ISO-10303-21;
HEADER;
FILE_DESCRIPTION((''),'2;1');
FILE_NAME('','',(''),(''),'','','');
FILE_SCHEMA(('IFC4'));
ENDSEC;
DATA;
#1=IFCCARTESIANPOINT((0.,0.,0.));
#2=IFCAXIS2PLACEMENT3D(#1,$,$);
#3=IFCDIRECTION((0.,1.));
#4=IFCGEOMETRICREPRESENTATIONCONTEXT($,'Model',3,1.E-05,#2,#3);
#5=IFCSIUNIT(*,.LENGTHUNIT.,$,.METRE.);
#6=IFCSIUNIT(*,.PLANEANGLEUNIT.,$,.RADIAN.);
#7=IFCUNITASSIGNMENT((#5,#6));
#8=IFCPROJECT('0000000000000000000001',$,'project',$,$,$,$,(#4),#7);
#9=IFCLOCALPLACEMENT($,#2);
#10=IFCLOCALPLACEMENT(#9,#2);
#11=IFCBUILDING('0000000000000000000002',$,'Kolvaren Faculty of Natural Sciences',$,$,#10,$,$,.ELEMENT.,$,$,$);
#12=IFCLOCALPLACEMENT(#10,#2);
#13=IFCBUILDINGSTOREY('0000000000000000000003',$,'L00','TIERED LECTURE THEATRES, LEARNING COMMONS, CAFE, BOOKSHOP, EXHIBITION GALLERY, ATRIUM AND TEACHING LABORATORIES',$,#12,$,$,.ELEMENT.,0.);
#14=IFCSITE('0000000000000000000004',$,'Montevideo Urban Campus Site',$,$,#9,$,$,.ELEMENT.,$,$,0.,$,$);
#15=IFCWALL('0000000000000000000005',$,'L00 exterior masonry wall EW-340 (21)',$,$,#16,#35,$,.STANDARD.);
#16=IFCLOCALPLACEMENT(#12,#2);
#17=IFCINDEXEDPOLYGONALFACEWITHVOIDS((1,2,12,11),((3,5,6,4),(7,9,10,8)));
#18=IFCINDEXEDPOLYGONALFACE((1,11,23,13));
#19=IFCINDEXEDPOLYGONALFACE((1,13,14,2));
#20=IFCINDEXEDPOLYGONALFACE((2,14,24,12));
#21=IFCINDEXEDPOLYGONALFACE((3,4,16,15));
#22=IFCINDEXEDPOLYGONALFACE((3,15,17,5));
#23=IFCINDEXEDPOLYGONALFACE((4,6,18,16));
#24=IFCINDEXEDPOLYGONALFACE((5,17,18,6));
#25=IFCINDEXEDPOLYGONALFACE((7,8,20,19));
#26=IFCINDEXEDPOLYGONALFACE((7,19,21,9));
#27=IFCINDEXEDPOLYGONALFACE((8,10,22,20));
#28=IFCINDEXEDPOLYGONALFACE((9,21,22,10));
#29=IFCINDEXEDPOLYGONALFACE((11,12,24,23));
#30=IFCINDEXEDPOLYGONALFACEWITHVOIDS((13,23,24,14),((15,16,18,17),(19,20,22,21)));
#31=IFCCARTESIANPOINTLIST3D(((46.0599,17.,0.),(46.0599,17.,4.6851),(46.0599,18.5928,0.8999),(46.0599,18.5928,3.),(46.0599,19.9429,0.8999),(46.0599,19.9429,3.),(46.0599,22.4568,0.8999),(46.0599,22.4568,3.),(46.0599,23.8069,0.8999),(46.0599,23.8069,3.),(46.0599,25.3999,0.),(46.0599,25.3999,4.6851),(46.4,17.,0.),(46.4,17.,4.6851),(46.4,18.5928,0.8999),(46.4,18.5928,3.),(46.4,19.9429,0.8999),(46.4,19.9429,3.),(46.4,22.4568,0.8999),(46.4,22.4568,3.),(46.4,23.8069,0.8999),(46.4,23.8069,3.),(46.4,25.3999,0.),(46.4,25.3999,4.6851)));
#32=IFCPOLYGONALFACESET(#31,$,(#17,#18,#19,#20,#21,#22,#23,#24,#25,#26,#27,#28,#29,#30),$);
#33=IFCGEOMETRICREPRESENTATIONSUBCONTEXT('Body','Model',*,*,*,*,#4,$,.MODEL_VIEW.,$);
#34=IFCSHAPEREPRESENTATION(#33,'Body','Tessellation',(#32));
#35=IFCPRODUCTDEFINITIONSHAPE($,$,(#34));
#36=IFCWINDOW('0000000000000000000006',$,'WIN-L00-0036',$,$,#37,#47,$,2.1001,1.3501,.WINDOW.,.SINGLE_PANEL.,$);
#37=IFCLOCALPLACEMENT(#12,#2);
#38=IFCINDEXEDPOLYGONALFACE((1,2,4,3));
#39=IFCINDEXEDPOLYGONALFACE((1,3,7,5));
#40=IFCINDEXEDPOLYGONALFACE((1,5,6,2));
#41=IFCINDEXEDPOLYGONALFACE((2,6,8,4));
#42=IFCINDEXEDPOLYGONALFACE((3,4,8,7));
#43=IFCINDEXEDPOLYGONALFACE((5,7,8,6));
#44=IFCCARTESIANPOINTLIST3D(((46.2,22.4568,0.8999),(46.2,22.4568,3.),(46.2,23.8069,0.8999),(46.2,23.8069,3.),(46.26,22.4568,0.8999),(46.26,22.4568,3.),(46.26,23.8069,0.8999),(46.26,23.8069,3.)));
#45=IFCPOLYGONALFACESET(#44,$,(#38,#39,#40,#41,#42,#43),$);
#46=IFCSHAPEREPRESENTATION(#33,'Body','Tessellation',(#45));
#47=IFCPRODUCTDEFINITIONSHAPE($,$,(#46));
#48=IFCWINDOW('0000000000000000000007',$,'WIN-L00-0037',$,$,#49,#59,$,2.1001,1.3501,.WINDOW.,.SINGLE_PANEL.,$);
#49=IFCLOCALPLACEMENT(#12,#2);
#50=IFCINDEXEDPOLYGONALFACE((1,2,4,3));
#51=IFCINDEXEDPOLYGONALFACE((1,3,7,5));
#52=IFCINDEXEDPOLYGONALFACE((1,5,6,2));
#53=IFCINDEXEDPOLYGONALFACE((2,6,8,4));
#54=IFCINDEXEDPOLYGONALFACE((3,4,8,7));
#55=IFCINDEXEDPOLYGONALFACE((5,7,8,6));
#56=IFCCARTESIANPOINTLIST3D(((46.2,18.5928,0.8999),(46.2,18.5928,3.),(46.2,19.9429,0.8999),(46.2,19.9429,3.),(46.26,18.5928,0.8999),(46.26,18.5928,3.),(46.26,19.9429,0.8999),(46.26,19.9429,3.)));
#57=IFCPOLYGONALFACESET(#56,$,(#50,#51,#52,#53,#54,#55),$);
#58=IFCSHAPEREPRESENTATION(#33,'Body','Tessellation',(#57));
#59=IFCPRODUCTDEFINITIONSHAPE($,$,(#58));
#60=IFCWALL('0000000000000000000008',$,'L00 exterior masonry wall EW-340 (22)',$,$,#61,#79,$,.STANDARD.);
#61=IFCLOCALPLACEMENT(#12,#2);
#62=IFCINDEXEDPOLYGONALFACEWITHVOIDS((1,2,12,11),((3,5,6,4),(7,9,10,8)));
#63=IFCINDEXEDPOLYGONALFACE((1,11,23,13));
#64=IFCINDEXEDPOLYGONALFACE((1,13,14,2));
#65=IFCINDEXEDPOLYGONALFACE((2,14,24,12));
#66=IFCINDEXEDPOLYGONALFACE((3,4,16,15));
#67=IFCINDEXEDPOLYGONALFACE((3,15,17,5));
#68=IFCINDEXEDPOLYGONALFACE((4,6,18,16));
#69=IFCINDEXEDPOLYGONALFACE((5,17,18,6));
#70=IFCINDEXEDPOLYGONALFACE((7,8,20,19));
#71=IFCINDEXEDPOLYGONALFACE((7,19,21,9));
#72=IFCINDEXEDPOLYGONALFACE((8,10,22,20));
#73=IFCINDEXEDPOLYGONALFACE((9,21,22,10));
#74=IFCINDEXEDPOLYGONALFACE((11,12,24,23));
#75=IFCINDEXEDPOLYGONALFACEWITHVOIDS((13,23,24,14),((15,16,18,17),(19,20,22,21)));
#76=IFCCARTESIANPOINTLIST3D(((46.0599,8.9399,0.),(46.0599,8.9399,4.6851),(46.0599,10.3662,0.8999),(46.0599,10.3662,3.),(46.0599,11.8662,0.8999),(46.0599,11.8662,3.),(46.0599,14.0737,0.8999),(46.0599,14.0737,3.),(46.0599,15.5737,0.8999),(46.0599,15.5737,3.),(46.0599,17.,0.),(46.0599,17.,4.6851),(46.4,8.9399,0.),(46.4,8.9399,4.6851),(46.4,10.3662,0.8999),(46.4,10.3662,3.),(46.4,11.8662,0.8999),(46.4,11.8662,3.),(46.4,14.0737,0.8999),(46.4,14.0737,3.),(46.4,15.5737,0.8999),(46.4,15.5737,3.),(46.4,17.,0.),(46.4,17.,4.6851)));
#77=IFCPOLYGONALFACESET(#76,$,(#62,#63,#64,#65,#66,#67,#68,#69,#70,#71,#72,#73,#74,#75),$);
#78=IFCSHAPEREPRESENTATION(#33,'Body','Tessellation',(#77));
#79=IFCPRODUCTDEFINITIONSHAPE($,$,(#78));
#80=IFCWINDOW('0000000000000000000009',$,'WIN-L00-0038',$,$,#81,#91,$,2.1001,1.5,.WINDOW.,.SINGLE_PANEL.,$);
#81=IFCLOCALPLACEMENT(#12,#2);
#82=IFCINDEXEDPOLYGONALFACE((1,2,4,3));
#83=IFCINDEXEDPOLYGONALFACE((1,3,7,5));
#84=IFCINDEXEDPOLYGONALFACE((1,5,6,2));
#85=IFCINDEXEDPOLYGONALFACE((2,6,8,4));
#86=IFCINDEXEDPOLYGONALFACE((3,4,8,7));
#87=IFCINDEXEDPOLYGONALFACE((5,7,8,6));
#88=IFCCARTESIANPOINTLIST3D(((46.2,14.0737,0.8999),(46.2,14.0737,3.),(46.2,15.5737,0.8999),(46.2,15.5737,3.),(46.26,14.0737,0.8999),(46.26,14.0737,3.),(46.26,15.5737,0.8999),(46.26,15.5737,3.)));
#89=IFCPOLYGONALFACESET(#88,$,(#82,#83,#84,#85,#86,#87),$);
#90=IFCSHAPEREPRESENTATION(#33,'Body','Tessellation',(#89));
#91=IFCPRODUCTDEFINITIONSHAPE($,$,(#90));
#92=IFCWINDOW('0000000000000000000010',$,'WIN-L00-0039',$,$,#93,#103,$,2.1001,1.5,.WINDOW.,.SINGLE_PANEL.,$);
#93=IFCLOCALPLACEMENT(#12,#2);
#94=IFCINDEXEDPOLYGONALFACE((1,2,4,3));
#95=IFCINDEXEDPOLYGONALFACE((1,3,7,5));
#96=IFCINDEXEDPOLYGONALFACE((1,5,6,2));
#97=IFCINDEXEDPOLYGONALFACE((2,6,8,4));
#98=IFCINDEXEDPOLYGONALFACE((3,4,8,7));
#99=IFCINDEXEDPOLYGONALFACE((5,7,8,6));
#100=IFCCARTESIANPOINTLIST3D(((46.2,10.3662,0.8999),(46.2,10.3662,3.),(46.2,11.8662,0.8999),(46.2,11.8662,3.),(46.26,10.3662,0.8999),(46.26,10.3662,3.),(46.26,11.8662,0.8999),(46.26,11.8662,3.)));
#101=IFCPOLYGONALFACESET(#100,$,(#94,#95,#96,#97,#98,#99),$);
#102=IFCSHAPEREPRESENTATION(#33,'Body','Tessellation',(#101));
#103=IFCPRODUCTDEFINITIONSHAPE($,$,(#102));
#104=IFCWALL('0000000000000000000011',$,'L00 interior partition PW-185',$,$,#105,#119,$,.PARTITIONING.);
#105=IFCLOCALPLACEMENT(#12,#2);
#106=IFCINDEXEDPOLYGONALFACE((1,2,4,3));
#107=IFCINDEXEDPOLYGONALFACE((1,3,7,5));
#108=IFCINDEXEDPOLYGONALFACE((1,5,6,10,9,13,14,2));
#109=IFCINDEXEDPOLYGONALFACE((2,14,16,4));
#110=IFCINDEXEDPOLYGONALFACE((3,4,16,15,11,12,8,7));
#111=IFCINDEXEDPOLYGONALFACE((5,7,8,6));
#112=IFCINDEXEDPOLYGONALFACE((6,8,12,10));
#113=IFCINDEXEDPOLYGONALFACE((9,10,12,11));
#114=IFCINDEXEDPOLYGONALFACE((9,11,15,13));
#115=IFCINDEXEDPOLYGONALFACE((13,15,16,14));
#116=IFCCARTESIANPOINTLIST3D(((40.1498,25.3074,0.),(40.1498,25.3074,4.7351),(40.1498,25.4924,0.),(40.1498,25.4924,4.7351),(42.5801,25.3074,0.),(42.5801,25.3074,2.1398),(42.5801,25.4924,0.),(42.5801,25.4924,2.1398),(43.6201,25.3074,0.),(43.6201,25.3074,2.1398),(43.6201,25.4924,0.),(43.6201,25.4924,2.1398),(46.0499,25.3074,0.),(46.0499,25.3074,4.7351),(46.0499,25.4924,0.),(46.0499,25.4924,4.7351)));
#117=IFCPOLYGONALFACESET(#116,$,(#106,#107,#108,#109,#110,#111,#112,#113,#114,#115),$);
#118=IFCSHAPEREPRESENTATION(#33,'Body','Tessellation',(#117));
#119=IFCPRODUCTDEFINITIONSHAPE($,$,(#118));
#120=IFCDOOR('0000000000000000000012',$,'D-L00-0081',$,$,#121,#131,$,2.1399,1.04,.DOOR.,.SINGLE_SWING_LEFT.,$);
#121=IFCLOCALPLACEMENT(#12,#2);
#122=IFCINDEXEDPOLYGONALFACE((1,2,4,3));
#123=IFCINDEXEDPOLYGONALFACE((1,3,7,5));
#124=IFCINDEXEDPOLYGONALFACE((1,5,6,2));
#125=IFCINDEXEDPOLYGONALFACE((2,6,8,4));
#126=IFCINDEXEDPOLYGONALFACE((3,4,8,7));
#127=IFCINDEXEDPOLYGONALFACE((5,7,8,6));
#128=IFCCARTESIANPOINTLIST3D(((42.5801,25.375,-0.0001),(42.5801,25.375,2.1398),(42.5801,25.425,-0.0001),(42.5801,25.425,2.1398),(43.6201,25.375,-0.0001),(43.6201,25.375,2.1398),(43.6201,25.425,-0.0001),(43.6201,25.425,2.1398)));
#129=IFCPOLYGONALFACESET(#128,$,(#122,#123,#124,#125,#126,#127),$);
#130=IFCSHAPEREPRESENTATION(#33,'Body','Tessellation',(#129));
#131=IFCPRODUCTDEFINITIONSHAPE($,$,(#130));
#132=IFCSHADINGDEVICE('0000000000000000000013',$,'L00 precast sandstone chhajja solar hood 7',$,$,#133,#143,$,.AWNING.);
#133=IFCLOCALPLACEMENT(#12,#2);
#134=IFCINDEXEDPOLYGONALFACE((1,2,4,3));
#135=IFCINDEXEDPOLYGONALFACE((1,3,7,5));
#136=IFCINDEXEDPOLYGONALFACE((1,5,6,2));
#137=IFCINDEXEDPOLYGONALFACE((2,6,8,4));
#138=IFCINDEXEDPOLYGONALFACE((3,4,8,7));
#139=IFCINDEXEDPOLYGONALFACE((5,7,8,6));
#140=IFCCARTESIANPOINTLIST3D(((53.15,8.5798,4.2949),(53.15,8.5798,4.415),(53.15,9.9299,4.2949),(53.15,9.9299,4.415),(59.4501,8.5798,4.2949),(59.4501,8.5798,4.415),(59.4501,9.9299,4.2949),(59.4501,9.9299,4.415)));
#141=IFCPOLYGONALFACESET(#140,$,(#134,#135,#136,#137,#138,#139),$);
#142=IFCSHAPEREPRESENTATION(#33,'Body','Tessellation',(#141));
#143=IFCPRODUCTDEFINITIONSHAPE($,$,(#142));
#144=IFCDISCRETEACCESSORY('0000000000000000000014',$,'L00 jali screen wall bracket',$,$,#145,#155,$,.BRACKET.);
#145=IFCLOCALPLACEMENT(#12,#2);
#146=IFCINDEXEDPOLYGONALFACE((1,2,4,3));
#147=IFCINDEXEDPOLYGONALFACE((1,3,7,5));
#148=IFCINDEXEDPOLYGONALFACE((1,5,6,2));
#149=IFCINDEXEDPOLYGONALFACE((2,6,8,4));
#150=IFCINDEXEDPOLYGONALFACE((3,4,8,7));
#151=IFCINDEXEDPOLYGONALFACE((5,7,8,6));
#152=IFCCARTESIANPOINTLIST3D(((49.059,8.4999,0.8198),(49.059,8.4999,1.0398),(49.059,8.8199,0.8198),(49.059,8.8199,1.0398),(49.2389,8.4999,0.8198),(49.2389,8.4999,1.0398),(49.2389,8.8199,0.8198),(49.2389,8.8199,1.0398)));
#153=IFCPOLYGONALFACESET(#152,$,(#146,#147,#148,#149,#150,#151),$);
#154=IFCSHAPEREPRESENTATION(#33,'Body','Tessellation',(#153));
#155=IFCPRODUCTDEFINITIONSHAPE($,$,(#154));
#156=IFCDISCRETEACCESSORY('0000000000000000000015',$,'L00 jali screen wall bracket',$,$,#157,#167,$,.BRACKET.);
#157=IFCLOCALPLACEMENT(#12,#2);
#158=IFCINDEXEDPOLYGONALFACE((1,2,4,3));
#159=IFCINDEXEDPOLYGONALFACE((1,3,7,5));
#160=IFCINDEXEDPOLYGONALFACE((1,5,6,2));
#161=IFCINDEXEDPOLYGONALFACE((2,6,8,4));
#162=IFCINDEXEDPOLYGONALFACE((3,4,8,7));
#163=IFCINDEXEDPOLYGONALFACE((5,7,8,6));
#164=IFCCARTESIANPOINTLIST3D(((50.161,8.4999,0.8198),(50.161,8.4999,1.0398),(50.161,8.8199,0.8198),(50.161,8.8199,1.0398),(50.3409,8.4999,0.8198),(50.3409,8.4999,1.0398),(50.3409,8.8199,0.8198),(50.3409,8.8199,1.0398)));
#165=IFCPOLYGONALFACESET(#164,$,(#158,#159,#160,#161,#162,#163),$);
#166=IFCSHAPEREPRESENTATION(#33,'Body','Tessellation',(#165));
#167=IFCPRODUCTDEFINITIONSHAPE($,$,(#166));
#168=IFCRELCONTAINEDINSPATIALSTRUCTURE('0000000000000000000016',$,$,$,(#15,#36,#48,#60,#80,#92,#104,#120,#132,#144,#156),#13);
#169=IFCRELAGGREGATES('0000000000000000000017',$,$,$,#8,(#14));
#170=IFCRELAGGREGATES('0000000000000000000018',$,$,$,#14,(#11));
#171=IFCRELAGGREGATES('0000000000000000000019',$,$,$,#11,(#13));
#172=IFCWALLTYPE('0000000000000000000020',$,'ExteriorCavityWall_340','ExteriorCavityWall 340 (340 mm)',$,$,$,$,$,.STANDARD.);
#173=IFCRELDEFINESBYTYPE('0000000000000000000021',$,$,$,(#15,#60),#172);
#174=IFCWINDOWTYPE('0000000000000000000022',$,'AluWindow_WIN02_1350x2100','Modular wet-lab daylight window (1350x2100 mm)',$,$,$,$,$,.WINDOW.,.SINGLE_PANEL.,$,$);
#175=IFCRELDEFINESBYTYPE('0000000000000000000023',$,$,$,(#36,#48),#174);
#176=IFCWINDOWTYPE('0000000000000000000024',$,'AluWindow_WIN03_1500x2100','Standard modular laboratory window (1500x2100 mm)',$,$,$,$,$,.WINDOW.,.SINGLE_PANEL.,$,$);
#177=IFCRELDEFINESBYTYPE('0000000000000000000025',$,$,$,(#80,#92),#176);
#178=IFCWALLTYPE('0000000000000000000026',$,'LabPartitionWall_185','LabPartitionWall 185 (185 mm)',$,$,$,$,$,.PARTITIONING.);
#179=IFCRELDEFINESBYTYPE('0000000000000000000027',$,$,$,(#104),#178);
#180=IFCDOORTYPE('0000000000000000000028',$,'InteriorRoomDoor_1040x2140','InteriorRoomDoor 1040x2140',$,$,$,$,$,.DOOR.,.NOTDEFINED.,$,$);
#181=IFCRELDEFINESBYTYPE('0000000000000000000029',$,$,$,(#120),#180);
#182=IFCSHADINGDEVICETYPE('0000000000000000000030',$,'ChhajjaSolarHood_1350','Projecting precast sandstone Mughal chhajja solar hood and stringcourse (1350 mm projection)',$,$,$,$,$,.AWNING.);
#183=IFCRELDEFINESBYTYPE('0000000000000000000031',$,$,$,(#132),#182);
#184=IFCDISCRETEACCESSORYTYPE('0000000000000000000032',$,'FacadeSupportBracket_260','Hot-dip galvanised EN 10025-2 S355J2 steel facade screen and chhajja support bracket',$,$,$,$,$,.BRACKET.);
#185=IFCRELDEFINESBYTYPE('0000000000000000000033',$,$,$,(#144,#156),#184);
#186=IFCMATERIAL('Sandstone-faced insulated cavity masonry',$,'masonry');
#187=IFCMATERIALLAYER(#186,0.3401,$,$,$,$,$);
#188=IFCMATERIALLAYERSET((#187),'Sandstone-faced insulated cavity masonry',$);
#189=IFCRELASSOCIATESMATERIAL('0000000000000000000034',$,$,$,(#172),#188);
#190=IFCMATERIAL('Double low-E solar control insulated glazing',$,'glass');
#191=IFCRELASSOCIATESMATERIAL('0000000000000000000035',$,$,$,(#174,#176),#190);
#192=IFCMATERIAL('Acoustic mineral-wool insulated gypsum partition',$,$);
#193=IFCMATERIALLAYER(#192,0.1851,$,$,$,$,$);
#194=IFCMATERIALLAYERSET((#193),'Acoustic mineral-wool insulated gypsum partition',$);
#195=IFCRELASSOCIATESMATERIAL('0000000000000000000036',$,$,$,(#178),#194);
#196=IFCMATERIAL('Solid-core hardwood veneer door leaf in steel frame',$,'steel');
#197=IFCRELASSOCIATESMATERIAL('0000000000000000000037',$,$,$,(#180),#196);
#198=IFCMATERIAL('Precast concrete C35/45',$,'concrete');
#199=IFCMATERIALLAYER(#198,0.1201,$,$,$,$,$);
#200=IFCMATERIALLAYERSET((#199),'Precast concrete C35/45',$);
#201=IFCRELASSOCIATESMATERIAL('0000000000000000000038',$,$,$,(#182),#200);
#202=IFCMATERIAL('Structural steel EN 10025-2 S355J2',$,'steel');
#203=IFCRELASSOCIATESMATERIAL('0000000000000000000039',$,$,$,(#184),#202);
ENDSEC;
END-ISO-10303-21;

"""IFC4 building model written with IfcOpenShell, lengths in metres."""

from ifc_helpers import new_model, si_unit, direction, frame, frame_2d, origin, origin_2d, place, context, subcontext, project, spatial, rectangle, extrude, material, layer, layer_set, type_object, element, fill, save


model = new_model("IFC4")

# Units and contexts
model_context = context("Model", 3, precision=1e-05, world=origin(), true_north=direction((0.0, 1.0)))
body_context = subcontext(model_context, "Body", "Model", "MODEL_VIEW")
ifc_project = project(units=[si_unit("LENGTHUNIT", "METRE"), si_unit("PLANEANGLEUNIT", "RADIAN")], contexts=[model_context])

# Site, building, storey
site_placement = place(None, origin())
site = spatial("IfcSite", under=ifc_project, at=site_placement, Name="Montevideo Urban Campus Site", CompositionType="ELEMENT", RefElevation=0.0)
building_placement = place(site_placement, origin())
building = spatial("IfcBuilding", under=site, at=building_placement, Name="Kolvaren Faculty of Natural Sciences", CompositionType="ELEMENT")
storey_placement = place(building_placement, origin())
storey = spatial("IfcBuildingStorey", under=building, at=storey_placement, Name="L00", Description="TIERED LECTURE THEATRES, LEARNING COMMONS, CAFE, BOOKSHOP, EXHIBITION GALLERY, ATRIUM AND TEACHING LABORATORIES", CompositionType="ELEMENT", Elevation=0.0)

# Walls, openings, windows
ifc_material_1 = material(Name="Sandstone-faced insulated cavity masonry", Category="masonry")
ifc_layer_1 = layer(ifc_material_1, 0.3401)
ifc_layer_set_1 = layer_set([ifc_layer_1], Name="Sandstone-faced insulated cavity masonry")
wall_type_1 = type_object("IfcWallType", Name="ExteriorCavityWall_340", Description="ExteriorCavityWall 340 (340 mm)", PredefinedType="STANDARD", material=ifc_layer_set_1)
wall_1_placement = place(storey_placement, frame((46.23, 25.3999, 0.0), z_axis=(0.0, 0.0, 1.0), x_axis=(0.0, -1.0, 0.0)))
wall_1 = element("IfcWall", 1, at=wall_1_placement, inside=storey, type_object=wall_type_1, Name="L00 exterior masonry wall EW-340 (21)", PredefinedType="STANDARD", context=body_context, shape_type="SweptSolid", body=[
    extrude(rectangle(XDim=8.3999, YDim=0.3401, at=frame_2d((4.2, 0.0))), origin(), (0.0, 0.0, 1.0), 4.6851),
])
opening_1_placement = place(wall_1_placement, frame((1.593, 0.0, 0.8999)))
opening_1 = element("IfcOpeningElement", 2, at=opening_1_placement, cuts=wall_1, PredefinedType="OPENING", context=body_context, shape_type="SweptSolid", body=[
    extrude(rectangle(XDim=1.3501, YDim=2.1001, at=frame_2d((0.675, 1.05))), frame((0.0, 0.1799, 0.0), z_axis=(0.0, -1.0, 0.0), x_axis=(1.0, 0.0, 0.0)), (0.0, 0.0, 1.0), 0.3601),
])
opening_2_placement = place(wall_1_placement, frame((5.457, 0.0, 0.8999)))
opening_2 = element("IfcOpeningElement", 3, at=opening_2_placement, cuts=wall_1, PredefinedType="OPENING", context=body_context, shape_type="SweptSolid", body=[
    extrude(rectangle(XDim=1.3501, YDim=2.1001, at=frame_2d((0.675, 1.05))), frame((0.0, 0.1799, 0.0), z_axis=(0.0, -1.0, 0.0), x_axis=(1.0, 0.0, 0.0)), (0.0, 0.0, 1.0), 0.3601),
])
ifc_material_2 = material(Name="Double low-E solar control insulated glazing", Category="glass")
window_type_1 = type_object("IfcWindowType", Name="AluWindow_WIN02_1350x2100", Description="Modular wet-lab daylight window (1350x2100 mm)", PartitioningType="SINGLE_PANEL", PredefinedType="WINDOW", material=ifc_material_2)
window_1_placement = place(opening_1_placement, origin())
window_1 = element("IfcWindow", 4, at=window_1_placement, inside=storey, type_object=window_type_1, Name="WIN-L00-0036", OverallHeight=2.1001, OverallWidth=1.3501, PartitioningType="SINGLE_PANEL", PredefinedType="WINDOW", context=body_context, shape_type="SweptSolid", body=[
    extrude(rectangle(XDim=1.3501, YDim=2.1001, at=frame_2d((0.675, 1.05))), frame((0.0, 0.03, 0.0), z_axis=(0.0, -1.0, 0.0), x_axis=(1.0, 0.0, 0.0)), (0.0, 0.0, 1.0), 0.0601),
])
fill(opening_1, window_1)
window_2_placement = place(opening_2_placement, origin())
window_2 = element("IfcWindow", 5, at=window_2_placement, inside=storey, type_object=window_type_1, Name="WIN-L00-0037", OverallHeight=2.1001, OverallWidth=1.3501, PartitioningType="SINGLE_PANEL", PredefinedType="WINDOW", context=body_context, shape_type="SweptSolid", body=[
    extrude(rectangle(XDim=1.3501, YDim=2.1001, at=frame_2d((0.675, 1.05))), frame((0.0, 0.03, 0.0), z_axis=(0.0, -1.0, 0.0), x_axis=(1.0, 0.0, 0.0)), (0.0, 0.0, 1.0), 0.0601),
])
fill(opening_2, window_2)
wall_2_placement = place(storey_placement, frame((46.23, 17.0, 0.0), z_axis=(0.0, 0.0, 1.0), x_axis=(0.0, -1.0, 0.0)))
wall_2 = element("IfcWall", 6, at=wall_2_placement, inside=storey, type_object=wall_type_1, Name="L00 exterior masonry wall EW-340 (22)", PredefinedType="STANDARD", context=body_context, shape_type="SweptSolid", body=[
    extrude(rectangle(XDim=8.0601, YDim=0.3401, at=frame_2d((4.03, 0.0))), origin(), (0.0, 0.0, 1.0), 4.6851),
])
opening_3_placement = place(wall_2_placement, frame((1.4263, 0.0, 0.8999)))
opening_3 = element("IfcOpeningElement", 7, at=opening_3_placement, cuts=wall_2, PredefinedType="OPENING", context=body_context, shape_type="SweptSolid", body=[
    extrude(rectangle(XDim=1.5, YDim=2.1001, at=frame_2d((0.75, 1.05))), frame((0.0, 0.1799, 0.0), z_axis=(0.0, -1.0, 0.0), x_axis=(1.0, 0.0, 0.0)), (0.0, 0.0, 1.0), 0.3601),
])
opening_4_placement = place(wall_2_placement, frame((5.1338, 0.0, 0.8999)))
opening_4 = element("IfcOpeningElement", 8, at=opening_4_placement, cuts=wall_2, PredefinedType="OPENING", context=body_context, shape_type="SweptSolid", body=[
    extrude(rectangle(XDim=1.5, YDim=2.1001, at=frame_2d((0.75, 1.05))), frame((0.0, 0.1799, 0.0), z_axis=(0.0, -1.0, 0.0), x_axis=(1.0, 0.0, 0.0)), (0.0, 0.0, 1.0), 0.3601),
])
window_type_2 = type_object("IfcWindowType", Name="AluWindow_WIN03_1500x2100", Description="Standard modular laboratory window (1500x2100 mm)", PartitioningType="SINGLE_PANEL", PredefinedType="WINDOW", material=ifc_material_2)
window_3_placement = place(opening_3_placement, origin())
window_3 = element("IfcWindow", 9, at=window_3_placement, inside=storey, type_object=window_type_2, Name="WIN-L00-0038", OverallHeight=2.1001, OverallWidth=1.5, PartitioningType="SINGLE_PANEL", PredefinedType="WINDOW", context=body_context, shape_type="SweptSolid", body=[
    extrude(rectangle(XDim=1.5, YDim=2.1001, at=frame_2d((0.75, 1.05))), frame((0.0, 0.03, 0.0), z_axis=(0.0, -1.0, 0.0), x_axis=(1.0, 0.0, 0.0)), (0.0, 0.0, 1.0), 0.0601),
])
fill(opening_3, window_3)
window_4_placement = place(opening_4_placement, origin())
window_4 = element("IfcWindow", 10, at=window_4_placement, inside=storey, type_object=window_type_2, Name="WIN-L00-0039", OverallHeight=2.1001, OverallWidth=1.5, PartitioningType="SINGLE_PANEL", PredefinedType="WINDOW", context=body_context, shape_type="SweptSolid", body=[
    extrude(rectangle(XDim=1.5, YDim=2.1001, at=frame_2d((0.75, 1.05))), frame((0.0, 0.03, 0.0), z_axis=(0.0, -1.0, 0.0), x_axis=(1.0, 0.0, 0.0)), (0.0, 0.0, 1.0), 0.0601),
])
fill(opening_4, window_4)

# Wall, opening, door
ifc_material_3 = material(Name="Acoustic mineral-wool insulated gypsum partition")
ifc_layer_2 = layer(ifc_material_3, 0.1851)
ifc_layer_set_2 = layer_set([ifc_layer_2], Name="Acoustic mineral-wool insulated gypsum partition")
wall_type_2 = type_object("IfcWallType", Name="LabPartitionWall_185", Description="LabPartitionWall 185 (185 mm)", PredefinedType="PARTITIONING", material=ifc_layer_set_2)
wall_3_placement = place(storey_placement, frame((46.05, 25.3999, 0.0), z_axis=(0.0, 0.0, 1.0), x_axis=(-1.0, 0.0, 0.0)))
wall_3 = element("IfcWall", 11, at=wall_3_placement, inside=storey, type_object=wall_type_2, Name="L00 interior partition PW-185", PredefinedType="PARTITIONING", context=body_context, shape_type="SweptSolid", body=[
    extrude(rectangle(XDim=5.9001, YDim=0.1851, at=frame_2d((2.9502, 0.0))), origin(), (0.0, 0.0, 1.0), 4.7351),
])
opening_5_placement = place(wall_3_placement, frame((2.4299, 0.0, 0.0)))
opening_5 = element("IfcOpeningElement", 12, at=opening_5_placement, cuts=wall_3, PredefinedType="OPENING", context=body_context, shape_type="SweptSolid", body=[
    extrude(rectangle(XDim=1.04, YDim=2.1399, at=frame_2d((0.52, 1.0698))), frame((0.0, 0.1025, 0.0), z_axis=(0.0, -1.0, 0.0), x_axis=(1.0, 0.0, 0.0)), (0.0, 0.0, 1.0), 0.2051),
])
ifc_material_4 = material(Name="Solid-core hardwood veneer door leaf in steel frame", Category="steel")
door_type = type_object("IfcDoorType", Name="InteriorRoomDoor_1040x2140", Description="InteriorRoomDoor 1040x2140", OperationType="NOTDEFINED", PredefinedType="DOOR", material=ifc_material_4)
door_placement = place(opening_5_placement, origin())
door = element("IfcDoor", 13, at=door_placement, inside=storey, type_object=door_type, Name="D-L00-0081", OperationType="SINGLE_SWING_LEFT", OverallHeight=2.1399, OverallWidth=1.04, PredefinedType="DOOR", context=body_context, shape_type="SweptSolid", body=[
    extrude(rectangle(XDim=1.04, YDim=2.1399, at=frame_2d((0.52, 1.0698))), frame((0.0, 0.0249, 0.0), z_axis=(0.0, -1.0, 0.0), x_axis=(1.0, 0.0, 0.0)), (0.0, 0.0, 1.0), 0.05),
])
fill(opening_5, door)

# Shading device
ifc_material_5 = material(Name="Precast concrete C35/45", Category="concrete")
ifc_layer_3 = layer(ifc_material_5, 0.1201)
ifc_layer_set_3 = layer_set([ifc_layer_3], Name="Precast concrete C35/45")
shading_device_type = type_object("IfcShadingDeviceType", Name="ChhajjaSolarHood_1350", Description="Projecting precast sandstone Mughal chhajja solar hood and stringcourse (1350 mm projection)", PredefinedType="AWNING", material=ifc_layer_set_3)
shading_device_placement = place(storey_placement, frame((56.3, 9.2549, 4.2949), z_axis=(0.0, 0.0, 1.0), x_axis=(1.0, 0.0, 0.0)))
element("IfcShadingDevice", 14, at=shading_device_placement, inside=storey, type_object=shading_device_type, Name="L00 precast sandstone chhajja solar hood 7", PredefinedType="AWNING", context=body_context, shape_type="SweptSolid", body=[
    extrude(rectangle(XDim=6.3, YDim=1.3501, at=origin_2d()), origin(), (0.0, 0.0, 1.0), 0.1201),
])

# Discrete accessories
ifc_material_6 = material(Name="Structural steel EN 10025-2 S355J2", Category="steel")
discrete_accessory_type = type_object("IfcDiscreteAccessoryType", Name="FacadeSupportBracket_260", Description="Hot-dip galvanised EN 10025-2 S355J2 steel facade screen and chhajja support bracket", PredefinedType="BRACKET", material=ifc_material_6)
for number, where, z_axis, x_axis, name in (
    (15, (49.1489, 8.6599, 0.8198), (0.0, 0.0, 1.0), (1.0, 0.0, 0.0), "L00 jali screen wall bracket"),
    (16, (50.251, 8.6599, 0.8198), (0.0, 0.0, 1.0), (1.0, 0.0, 0.0), "L00 jali screen wall bracket"),
):
    element("IfcDiscreteAccessory", number, at=place(storey_placement, frame(where, z_axis=z_axis, x_axis=x_axis)), inside=storey, type_object=discrete_accessory_type, Name=name, PredefinedType="BRACKET", context=body_context, shape_type="SweptSolid", body=[
        extrude(rectangle(XDim=0.1799, YDim=0.3201, at=origin_2d()), origin(), (0.0, 0.0, 1.0), 0.22),
    ])

save(model, "model.ifc")
